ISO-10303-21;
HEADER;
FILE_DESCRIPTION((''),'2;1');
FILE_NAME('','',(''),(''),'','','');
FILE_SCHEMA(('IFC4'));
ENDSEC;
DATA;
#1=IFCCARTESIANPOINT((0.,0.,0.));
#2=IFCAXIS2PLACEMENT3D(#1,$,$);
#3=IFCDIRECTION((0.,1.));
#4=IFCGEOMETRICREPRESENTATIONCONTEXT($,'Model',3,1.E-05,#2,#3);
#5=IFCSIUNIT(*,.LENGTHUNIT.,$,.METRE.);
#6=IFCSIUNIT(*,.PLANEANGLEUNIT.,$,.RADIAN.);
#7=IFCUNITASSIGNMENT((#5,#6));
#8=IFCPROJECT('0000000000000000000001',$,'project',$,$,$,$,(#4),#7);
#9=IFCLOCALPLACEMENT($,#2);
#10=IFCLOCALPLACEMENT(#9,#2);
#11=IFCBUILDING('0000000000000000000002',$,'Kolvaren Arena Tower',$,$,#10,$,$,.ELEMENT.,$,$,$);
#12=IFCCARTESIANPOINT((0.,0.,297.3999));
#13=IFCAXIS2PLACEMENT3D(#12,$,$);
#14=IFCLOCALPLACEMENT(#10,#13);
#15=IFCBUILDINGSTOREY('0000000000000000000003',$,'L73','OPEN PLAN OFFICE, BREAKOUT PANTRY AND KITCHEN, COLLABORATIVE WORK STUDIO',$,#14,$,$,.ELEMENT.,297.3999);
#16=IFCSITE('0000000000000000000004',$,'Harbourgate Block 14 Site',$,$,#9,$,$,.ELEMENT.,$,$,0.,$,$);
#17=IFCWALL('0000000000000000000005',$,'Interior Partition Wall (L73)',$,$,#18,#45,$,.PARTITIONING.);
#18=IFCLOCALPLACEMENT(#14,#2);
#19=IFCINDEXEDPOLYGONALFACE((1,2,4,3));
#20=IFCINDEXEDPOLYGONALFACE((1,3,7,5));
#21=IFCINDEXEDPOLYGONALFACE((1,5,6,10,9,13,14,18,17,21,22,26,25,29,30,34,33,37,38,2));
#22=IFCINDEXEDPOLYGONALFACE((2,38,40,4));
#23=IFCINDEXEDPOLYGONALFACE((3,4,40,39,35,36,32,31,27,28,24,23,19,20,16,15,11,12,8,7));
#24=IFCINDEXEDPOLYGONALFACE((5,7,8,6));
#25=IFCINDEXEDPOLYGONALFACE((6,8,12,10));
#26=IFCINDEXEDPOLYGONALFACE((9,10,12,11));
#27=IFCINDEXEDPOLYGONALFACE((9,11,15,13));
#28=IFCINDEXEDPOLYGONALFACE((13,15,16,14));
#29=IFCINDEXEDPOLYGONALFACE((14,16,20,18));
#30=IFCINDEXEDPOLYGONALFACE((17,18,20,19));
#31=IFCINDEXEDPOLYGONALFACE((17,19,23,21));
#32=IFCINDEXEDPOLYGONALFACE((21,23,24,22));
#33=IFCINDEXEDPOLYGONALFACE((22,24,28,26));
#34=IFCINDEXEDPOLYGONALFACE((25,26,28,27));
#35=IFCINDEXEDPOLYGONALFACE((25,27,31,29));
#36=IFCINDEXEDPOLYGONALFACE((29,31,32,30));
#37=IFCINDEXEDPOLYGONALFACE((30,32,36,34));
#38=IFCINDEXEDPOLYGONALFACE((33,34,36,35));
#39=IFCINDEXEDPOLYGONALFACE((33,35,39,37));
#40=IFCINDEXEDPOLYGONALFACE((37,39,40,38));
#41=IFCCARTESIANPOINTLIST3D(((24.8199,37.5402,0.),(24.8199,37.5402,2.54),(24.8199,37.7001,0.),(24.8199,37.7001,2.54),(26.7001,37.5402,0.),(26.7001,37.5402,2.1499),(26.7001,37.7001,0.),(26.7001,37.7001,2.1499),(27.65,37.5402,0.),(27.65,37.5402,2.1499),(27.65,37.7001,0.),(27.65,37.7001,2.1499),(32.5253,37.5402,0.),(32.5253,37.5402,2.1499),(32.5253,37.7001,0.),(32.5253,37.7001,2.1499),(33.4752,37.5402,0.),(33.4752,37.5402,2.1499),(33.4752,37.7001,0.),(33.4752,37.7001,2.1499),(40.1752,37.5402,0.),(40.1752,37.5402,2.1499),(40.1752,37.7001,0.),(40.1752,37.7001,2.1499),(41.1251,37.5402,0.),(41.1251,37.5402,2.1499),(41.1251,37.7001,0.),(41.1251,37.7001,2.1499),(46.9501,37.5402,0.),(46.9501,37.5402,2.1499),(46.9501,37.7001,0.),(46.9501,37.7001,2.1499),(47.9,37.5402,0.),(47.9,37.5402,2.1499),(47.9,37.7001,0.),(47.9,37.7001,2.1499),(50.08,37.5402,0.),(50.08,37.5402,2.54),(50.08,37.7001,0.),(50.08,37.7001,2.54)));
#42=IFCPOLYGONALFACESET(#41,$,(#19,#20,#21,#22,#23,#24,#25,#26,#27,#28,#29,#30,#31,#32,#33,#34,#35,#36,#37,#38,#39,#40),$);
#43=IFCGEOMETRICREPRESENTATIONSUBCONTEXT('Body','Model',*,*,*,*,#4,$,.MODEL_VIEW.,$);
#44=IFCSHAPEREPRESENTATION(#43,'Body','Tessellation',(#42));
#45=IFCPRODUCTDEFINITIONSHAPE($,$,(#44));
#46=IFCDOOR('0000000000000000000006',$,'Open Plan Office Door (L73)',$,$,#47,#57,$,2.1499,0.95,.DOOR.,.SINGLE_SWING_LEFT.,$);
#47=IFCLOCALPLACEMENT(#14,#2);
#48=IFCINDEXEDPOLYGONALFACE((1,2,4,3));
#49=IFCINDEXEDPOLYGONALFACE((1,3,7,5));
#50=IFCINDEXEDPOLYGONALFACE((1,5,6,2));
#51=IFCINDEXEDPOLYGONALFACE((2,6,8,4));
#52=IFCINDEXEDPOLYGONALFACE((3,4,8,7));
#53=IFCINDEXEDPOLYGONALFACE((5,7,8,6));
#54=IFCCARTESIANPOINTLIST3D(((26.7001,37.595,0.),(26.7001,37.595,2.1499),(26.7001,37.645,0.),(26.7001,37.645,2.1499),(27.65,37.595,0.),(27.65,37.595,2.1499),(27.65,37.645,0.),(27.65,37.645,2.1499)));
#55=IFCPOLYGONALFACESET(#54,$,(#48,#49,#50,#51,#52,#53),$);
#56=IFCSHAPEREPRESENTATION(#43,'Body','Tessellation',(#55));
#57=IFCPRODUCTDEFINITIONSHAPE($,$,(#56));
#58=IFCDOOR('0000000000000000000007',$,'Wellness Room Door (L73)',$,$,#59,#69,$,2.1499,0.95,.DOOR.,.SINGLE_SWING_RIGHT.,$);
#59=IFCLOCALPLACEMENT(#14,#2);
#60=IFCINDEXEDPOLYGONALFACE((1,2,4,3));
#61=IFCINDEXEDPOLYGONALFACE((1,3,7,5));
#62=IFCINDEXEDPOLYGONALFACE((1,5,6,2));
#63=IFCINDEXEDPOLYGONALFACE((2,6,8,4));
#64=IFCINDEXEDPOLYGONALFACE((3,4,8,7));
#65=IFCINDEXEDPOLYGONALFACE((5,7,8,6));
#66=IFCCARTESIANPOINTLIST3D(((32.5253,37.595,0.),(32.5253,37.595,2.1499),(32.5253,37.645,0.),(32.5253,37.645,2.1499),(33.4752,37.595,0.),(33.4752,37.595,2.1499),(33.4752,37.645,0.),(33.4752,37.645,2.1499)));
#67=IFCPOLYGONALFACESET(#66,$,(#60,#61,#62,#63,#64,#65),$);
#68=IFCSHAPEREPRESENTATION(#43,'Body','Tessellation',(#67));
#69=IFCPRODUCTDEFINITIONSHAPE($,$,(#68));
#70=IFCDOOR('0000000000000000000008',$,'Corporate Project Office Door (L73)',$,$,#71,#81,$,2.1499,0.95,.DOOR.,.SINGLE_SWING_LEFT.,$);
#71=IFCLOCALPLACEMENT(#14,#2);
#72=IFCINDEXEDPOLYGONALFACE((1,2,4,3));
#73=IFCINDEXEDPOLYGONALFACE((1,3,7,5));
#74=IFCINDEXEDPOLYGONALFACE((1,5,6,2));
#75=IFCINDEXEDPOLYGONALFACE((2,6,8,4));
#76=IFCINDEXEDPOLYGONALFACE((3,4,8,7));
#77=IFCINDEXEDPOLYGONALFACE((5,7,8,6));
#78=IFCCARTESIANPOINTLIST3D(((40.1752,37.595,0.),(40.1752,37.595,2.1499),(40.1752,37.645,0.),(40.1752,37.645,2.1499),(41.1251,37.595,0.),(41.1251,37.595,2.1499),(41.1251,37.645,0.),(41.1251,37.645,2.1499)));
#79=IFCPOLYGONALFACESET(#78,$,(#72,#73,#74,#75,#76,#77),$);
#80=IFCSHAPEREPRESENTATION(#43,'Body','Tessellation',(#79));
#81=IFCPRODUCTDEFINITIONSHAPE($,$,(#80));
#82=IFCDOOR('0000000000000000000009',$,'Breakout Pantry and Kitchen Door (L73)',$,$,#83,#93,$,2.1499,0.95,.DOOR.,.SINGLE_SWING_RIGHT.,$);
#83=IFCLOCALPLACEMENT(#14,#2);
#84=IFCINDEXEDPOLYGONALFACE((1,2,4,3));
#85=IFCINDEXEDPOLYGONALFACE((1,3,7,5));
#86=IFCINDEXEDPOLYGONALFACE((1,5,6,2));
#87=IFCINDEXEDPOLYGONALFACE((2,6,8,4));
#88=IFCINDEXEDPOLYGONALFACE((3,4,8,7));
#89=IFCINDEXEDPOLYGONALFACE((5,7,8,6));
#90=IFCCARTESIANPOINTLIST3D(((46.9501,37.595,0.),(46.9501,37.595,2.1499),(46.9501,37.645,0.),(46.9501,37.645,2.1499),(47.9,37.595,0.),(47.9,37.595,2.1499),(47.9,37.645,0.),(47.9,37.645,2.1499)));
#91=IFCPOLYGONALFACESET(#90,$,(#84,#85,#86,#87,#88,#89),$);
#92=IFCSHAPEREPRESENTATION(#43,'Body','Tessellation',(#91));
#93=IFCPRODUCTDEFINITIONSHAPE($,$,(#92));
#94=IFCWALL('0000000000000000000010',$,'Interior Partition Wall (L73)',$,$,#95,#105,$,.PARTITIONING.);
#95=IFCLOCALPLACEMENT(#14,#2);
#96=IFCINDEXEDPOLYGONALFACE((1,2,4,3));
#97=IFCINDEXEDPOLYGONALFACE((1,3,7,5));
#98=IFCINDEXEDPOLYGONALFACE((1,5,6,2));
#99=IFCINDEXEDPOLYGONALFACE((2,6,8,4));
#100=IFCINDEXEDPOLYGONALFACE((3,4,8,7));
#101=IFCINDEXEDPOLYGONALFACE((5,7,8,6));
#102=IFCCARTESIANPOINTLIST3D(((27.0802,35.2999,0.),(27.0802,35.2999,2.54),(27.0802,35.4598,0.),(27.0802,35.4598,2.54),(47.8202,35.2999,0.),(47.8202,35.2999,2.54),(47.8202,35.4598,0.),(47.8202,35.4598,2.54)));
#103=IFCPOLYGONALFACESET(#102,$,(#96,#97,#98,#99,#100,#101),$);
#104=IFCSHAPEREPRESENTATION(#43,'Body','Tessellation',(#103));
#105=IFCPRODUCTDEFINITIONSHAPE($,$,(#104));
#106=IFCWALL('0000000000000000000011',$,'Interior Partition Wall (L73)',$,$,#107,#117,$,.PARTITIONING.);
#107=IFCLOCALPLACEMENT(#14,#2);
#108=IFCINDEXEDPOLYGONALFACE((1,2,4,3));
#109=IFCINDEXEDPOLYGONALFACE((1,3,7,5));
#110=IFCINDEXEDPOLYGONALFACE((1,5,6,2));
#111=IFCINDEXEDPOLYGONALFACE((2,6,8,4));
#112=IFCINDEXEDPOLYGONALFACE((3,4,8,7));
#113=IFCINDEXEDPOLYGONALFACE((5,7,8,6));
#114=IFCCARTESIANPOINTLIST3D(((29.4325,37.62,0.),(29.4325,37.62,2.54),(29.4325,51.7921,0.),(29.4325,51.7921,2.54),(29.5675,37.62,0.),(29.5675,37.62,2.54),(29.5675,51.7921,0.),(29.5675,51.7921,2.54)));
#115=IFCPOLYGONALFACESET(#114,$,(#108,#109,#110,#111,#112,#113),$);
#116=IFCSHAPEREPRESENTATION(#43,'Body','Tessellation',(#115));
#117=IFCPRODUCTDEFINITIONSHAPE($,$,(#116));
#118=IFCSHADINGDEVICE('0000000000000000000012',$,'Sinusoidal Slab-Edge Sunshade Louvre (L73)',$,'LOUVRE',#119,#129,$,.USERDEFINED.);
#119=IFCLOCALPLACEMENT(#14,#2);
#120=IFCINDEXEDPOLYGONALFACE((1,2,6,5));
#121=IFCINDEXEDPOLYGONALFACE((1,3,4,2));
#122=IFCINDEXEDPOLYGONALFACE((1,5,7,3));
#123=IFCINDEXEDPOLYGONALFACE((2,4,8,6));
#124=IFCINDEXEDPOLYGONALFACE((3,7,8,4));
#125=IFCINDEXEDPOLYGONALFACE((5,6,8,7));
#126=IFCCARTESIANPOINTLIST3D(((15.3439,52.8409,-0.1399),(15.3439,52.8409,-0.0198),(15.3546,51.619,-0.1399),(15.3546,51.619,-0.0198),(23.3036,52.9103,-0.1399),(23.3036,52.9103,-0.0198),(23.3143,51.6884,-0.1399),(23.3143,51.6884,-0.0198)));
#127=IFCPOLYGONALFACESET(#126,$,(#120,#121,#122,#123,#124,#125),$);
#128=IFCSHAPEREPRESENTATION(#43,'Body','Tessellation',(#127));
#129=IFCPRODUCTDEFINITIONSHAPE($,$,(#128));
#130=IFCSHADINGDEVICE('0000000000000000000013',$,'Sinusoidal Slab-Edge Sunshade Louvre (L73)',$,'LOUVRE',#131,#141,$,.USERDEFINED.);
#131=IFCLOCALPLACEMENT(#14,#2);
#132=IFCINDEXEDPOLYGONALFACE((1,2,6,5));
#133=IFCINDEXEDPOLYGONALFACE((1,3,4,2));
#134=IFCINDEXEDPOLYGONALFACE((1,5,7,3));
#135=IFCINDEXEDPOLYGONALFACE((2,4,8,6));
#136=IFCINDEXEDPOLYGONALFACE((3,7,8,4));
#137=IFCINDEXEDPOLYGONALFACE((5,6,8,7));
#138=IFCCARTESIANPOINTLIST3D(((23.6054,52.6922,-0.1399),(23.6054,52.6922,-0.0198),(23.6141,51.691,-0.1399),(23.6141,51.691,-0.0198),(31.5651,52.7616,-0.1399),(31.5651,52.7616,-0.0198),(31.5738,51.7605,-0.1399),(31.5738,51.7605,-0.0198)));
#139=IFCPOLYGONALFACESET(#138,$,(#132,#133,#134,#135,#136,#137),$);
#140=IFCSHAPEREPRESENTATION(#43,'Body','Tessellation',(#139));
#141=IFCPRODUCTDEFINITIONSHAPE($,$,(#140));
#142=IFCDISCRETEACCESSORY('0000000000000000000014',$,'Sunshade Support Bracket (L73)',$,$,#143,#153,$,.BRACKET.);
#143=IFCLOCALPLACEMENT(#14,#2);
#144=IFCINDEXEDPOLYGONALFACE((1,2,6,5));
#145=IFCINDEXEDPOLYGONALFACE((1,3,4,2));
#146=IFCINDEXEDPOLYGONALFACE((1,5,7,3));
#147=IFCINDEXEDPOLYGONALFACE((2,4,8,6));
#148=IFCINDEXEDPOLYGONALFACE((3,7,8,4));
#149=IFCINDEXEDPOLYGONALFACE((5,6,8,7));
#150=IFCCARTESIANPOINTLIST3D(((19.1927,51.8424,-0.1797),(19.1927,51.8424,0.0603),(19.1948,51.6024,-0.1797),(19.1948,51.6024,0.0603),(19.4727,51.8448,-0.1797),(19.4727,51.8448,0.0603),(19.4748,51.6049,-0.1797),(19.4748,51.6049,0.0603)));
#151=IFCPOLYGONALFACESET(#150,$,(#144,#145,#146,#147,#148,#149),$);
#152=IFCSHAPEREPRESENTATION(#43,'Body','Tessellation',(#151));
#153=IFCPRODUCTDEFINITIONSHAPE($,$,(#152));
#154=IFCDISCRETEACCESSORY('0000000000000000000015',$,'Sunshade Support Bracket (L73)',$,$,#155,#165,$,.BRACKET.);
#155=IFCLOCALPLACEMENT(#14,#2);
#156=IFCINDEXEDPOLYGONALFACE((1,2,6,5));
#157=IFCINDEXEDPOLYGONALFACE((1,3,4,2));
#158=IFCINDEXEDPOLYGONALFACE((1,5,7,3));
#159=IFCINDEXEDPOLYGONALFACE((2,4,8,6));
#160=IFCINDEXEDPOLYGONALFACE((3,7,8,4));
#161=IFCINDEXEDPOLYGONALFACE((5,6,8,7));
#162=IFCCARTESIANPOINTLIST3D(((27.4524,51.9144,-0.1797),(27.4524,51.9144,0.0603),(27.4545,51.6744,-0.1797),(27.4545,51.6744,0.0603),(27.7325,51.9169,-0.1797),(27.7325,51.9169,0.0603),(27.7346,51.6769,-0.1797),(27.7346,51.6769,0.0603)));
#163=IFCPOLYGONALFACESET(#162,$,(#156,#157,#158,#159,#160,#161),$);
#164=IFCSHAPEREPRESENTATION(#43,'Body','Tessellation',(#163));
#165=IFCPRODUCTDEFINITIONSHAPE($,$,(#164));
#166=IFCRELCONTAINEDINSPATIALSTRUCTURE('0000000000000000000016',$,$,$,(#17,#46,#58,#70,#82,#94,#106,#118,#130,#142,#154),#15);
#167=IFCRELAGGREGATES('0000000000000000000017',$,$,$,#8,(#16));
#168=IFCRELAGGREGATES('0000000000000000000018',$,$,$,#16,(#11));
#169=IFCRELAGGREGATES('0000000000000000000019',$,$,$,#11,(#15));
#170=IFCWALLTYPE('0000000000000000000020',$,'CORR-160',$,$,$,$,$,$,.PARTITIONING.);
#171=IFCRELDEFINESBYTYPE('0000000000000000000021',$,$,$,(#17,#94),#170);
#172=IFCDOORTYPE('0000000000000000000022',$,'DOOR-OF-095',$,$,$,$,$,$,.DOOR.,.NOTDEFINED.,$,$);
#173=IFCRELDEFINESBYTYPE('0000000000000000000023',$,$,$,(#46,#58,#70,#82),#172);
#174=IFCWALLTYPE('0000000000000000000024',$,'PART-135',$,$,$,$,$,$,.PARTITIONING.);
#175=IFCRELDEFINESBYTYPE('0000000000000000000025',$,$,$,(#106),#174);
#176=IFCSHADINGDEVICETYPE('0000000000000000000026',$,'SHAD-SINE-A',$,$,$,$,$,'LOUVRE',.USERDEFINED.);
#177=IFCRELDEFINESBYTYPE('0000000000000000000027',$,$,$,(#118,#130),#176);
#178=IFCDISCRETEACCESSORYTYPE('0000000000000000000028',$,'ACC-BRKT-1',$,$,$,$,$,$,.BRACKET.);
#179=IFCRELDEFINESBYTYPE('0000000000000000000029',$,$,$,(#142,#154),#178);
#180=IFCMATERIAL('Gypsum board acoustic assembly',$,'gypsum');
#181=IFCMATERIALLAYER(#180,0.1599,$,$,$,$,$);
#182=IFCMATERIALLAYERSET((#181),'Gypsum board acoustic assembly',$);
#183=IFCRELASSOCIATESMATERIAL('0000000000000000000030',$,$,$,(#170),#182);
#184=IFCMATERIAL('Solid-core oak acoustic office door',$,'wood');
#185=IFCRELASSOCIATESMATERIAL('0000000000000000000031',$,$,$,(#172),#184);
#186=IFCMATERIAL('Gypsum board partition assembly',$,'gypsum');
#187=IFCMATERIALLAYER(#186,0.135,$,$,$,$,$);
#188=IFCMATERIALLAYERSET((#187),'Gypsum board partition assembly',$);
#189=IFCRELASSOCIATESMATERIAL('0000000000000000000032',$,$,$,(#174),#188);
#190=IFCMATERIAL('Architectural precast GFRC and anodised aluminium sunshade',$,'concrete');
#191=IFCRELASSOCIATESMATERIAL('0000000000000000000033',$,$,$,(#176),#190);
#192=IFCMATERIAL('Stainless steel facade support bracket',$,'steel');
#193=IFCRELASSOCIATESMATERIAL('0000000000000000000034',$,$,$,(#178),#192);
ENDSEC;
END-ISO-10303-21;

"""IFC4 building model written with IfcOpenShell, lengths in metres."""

from ifc_helpers import new_model, si_unit, direction, frame, frame_2d, origin, origin_2d, place, context, subcontext, project, spatial, rectangle, extrude, material, layer, layer_set, type_object, element, fill, save


model = new_model("IFC4")

# Units and contexts
model_context = context("Model", 3, precision=1e-05, world=origin(), true_north=direction((0.0, 1.0)))
body_context = subcontext(model_context, "Body", "Model", "MODEL_VIEW")
ifc_project = project(units=[si_unit("LENGTHUNIT", "METRE"), si_unit("PLANEANGLEUNIT", "RADIAN")], contexts=[model_context])

# Site, building, storey
site_placement = place(None, origin())
site = spatial("IfcSite", under=ifc_project, at=site_placement, Name="Harbourgate Block 14 Site", CompositionType="ELEMENT", RefElevation=0.0)
building_placement = place(site_placement, origin())
building = spatial("IfcBuilding", under=site, at=building_placement, Name="Kolvaren Arena Tower", CompositionType="ELEMENT")
storey_placement = place(building_placement, frame((0.0, 0.0, 297.3999)))
storey = spatial("IfcBuildingStorey", under=building, at=storey_placement, Name="L73", Description="OPEN PLAN OFFICE, BREAKOUT PANTRY AND KITCHEN, COLLABORATIVE WORK STUDIO", CompositionType="ELEMENT", Elevation=297.3999)

# Wall, openings, doors
ifc_material_1 = material(Name="Gypsum board acoustic assembly", Category="gypsum")
ifc_layer_1 = layer(ifc_material_1, 0.1599)
ifc_layer_set_1 = layer_set([ifc_layer_1], Name="Gypsum board acoustic assembly")
wall_type_1 = type_object("IfcWallType", Name="CORR-160", PredefinedType="PARTITIONING", material=ifc_layer_set_1)
wall_1_placement = place(storey_placement, frame((24.8201, 37.6201, 0.0), z_axis=(0.0, 0.0, 1.0), x_axis=(1.0, 0.0, 0.0)))
wall_1 = element("IfcWall", 1, at=wall_1_placement, inside=storey, type_object=wall_type_1, Name="Interior Partition Wall (L73)", PredefinedType="PARTITIONING", context=body_context, shape_type="SweptSolid", body=[
    extrude(rectangle(XDim=25.26, YDim=0.1599, at=frame_2d((12.6299, 0.0))), origin(), (0.0, 0.0, 1.0), 2.54),
])
opening_1_placement = place(wall_1_placement, frame((1.8799, 0.0, 0.0)))
opening_1 = element("IfcOpeningElement", 2, at=opening_1_placement, cuts=wall_1, PredefinedType="OPENING", context=body_context, shape_type="SweptSolid", body=[
    extrude(rectangle(XDim=0.95, YDim=2.1499, at=frame_2d((0.4751, 1.075))), frame((0.0, 0.0898, 0.0), z_axis=(0.0, -1.0, 0.0), x_axis=(1.0, 0.0, 0.0)), (0.0, 0.0, 1.0), 0.1799),
])
opening_2_placement = place(wall_1_placement, frame((7.7051, 0.0, 0.0)))
opening_2 = element("IfcOpeningElement", 3, at=opening_2_placement, cuts=wall_1, PredefinedType="OPENING", context=body_context, shape_type="SweptSolid", body=[
    extrude(rectangle(XDim=0.95, YDim=2.1499, at=frame_2d((0.4751, 1.075))), frame((0.0, 0.0898, 0.0), z_axis=(0.0, -1.0, 0.0), x_axis=(1.0, 0.0, 0.0)), (0.0, 0.0, 1.0), 0.1799),
])
opening_3_placement = place(wall_1_placement, frame((15.355, 0.0, 0.0)))
opening_3 = element("IfcOpeningElement", 4, at=opening_3_placement, cuts=wall_1, PredefinedType="OPENING", context=body_context, shape_type="SweptSolid", body=[
    extrude(rectangle(XDim=0.95, YDim=2.1499, at=frame_2d((0.4751, 1.075))), frame((0.0, 0.0898, 0.0), z_axis=(0.0, -1.0, 0.0), x_axis=(1.0, 0.0, 0.0)), (0.0, 0.0, 1.0), 0.1799),
])
opening_4_placement = place(wall_1_placement, frame((22.1299, 0.0, 0.0)))
opening_4 = element("IfcOpeningElement", 5, at=opening_4_placement, cuts=wall_1, PredefinedType="OPENING", context=body_context, shape_type="SweptSolid", body=[
    extrude(rectangle(XDim=0.95, YDim=2.1499, at=frame_2d((0.4751, 1.075))), frame((0.0, 0.0898, 0.0), z_axis=(0.0, -1.0, 0.0), x_axis=(1.0, 0.0, 0.0)), (0.0, 0.0, 1.0), 0.1799),
])
ifc_material_2 = material(Name="Solid-core oak acoustic office door", Category="wood")
door_type = type_object("IfcDoorType", Name="DOOR-OF-095", OperationType="NOTDEFINED", PredefinedType="DOOR", material=ifc_material_2)
door_1_placement = place(opening_1_placement, origin())
door_1 = element("IfcDoor", 6, at=door_1_placement, inside=storey, type_object=door_type, Name="Open Plan Office Door (L73)", OperationType="SINGLE_SWING_LEFT", OverallHeight=2.1499, OverallWidth=0.95, PredefinedType="DOOR", context=body_context, shape_type="SweptSolid", body=[
    extrude(rectangle(XDim=0.95, YDim=2.1499, at=frame_2d((0.4751, 1.075))), frame((0.0, 0.0249, 0.0), z_axis=(0.0, -1.0, 0.0), x_axis=(1.0, 0.0, 0.0)), (0.0, 0.0, 1.0), 0.05),
])
fill(opening_1, door_1)
door_2_placement = place(opening_2_placement, origin())
door_2 = element("IfcDoor", 7, at=door_2_placement, inside=storey, type_object=door_type, Name="Wellness Room Door (L73)", OperationType="SINGLE_SWING_RIGHT", OverallHeight=2.1499, OverallWidth=0.95, PredefinedType="DOOR", context=body_context, shape_type="SweptSolid", body=[
    extrude(rectangle(XDim=0.95, YDim=2.1499, at=frame_2d((0.4751, 1.075))), frame((0.0, 0.0249, 0.0), z_axis=(0.0, -1.0, 0.0), x_axis=(1.0, 0.0, 0.0)), (0.0, 0.0, 1.0), 0.05),
])
fill(opening_2, door_2)
door_3_placement = place(opening_3_placement, origin())
door_3 = element("IfcDoor", 8, at=door_3_placement, inside=storey, type_object=door_type, Name="Corporate Project Office Door (L73)", OperationType="SINGLE_SWING_LEFT", OverallHeight=2.1499, OverallWidth=0.95, PredefinedType="DOOR", context=body_context, shape_type="SweptSolid", body=[
    extrude(rectangle(XDim=0.95, YDim=2.1499, at=frame_2d((0.4751, 1.075))), frame((0.0, 0.0249, 0.0), z_axis=(0.0, -1.0, 0.0), x_axis=(1.0, 0.0, 0.0)), (0.0, 0.0, 1.0), 0.05),
])
fill(opening_3, door_3)
door_4_placement = place(opening_4_placement, origin())
door_4 = element("IfcDoor", 9, at=door_4_placement, inside=storey, type_object=door_type, Name="Breakout Pantry and Kitchen Door (L73)", OperationType="SINGLE_SWING_RIGHT", OverallHeight=2.1499, OverallWidth=0.95, PredefinedType="DOOR", context=body_context, shape_type="SweptSolid", body=[
    extrude(rectangle(XDim=0.95, YDim=2.1499, at=frame_2d((0.4751, 1.075))), frame((0.0, 0.0249, 0.0), z_axis=(0.0, -1.0, 0.0), x_axis=(1.0, 0.0, 0.0)), (0.0, 0.0, 1.0), 0.05),
])
fill(opening_4, door_4)

# Walls
wall_2_placement = place(storey_placement, frame((27.0801, 35.3799, 0.0), z_axis=(0.0, 0.0, 1.0), x_axis=(1.0, 0.0, 0.0)))
element("IfcWall", 10, at=wall_2_placement, inside=storey, type_object=wall_type_1, Name="Interior Partition Wall (L73)", PredefinedType="PARTITIONING", context=body_context, shape_type="SweptSolid", body=[
    extrude(rectangle(XDim=20.74, YDim=0.1599, at=frame_2d((10.3701, 0.0))), origin(), (0.0, 0.0, 1.0), 2.54),
])
ifc_material_3 = material(Name="Gypsum board partition assembly", Category="gypsum")
ifc_layer_2 = layer(ifc_material_3, 0.135)
ifc_layer_set_2 = layer_set([ifc_layer_2], Name="Gypsum board partition assembly")
wall_type_2 = type_object("IfcWallType", Name="PART-135", PredefinedType="PARTITIONING", material=ifc_layer_set_2)
wall_3_placement = place(storey_placement, frame((29.5, 37.6201, 0.0), z_axis=(0.0, 0.0, 1.0), x_axis=(0.0, 1.0, 0.0)))
element("IfcWall", 11, at=wall_3_placement, inside=storey, type_object=wall_type_2, Name="Interior Partition Wall (L73)", PredefinedType="PARTITIONING", context=body_context, shape_type="SweptSolid", body=[
    extrude(rectangle(XDim=14.1721, YDim=0.135, at=frame_2d((7.0859, 0.0))), origin(), (0.0, 0.0, 1.0), 2.54),
])

# Shading devices
ifc_material_4 = material(Name="Architectural precast GFRC and anodised aluminium sunshade", Category="concrete")
shading_device_type = type_object("IfcShadingDeviceType", Name="SHAD-SINE-A", ElementType="LOUVRE", PredefinedType="USERDEFINED", material=ifc_material_4)
shading_device_1_placement = place(storey_placement, frame((19.3291, 52.2646, -0.1399), z_axis=(0.0, 0.0, 1.0), x_axis=(0.999962, 0.008727, 0.0)))
element("IfcShadingDevice", 12, at=shading_device_1_placement, inside=storey, type_object=shading_device_type, Name="Sinusoidal Slab-Edge Sunshade Louvre (L73)", ObjectType="LOUVRE", PredefinedType="USERDEFINED", context=body_context, shape_type="SweptSolid", body=[
    extrude(rectangle(XDim=7.96, YDim=1.2219, at=origin_2d()), origin(), (0.0, 0.0, 1.0), 0.1201),
])
shading_device_2_placement = place(storey_placement, frame((27.5896, 52.2263, -0.1399), z_axis=(0.0, 0.0, 1.0), x_axis=(0.999962, 0.008727, 0.0)))
element("IfcShadingDevice", 13, at=shading_device_2_placement, inside=storey, type_object=shading_device_type, Name="Sinusoidal Slab-Edge Sunshade Louvre (L73)", ObjectType="LOUVRE", PredefinedType="USERDEFINED", context=body_context, shape_type="SweptSolid", body=[
    extrude(rectangle(XDim=7.96, YDim=1.0012, at=origin_2d()), origin(), (0.0, 0.0, 1.0), 0.1201),
])

# Discrete accessories
ifc_material_5 = material(Name="Stainless steel facade support bracket", Category="steel")
discrete_accessory_type = type_object("IfcDiscreteAccessoryType", Name="ACC-BRKT-1", PredefinedType="BRACKET", material=ifc_material_5)
for number, where, z_axis, x_axis, name in (
    (14, (19.3337, 51.7236, -0.1797), (0.0, 0.0, 1.0), (0.999962, 0.008727, 0.0), "Sunshade Support Bracket (L73)"),
    (15, (27.5935, 51.7957, -0.1797), (0.0, 0.0, 1.0), (0.999962, 0.008727, 0.0), "Sunshade Support Bracket (L73)"),
):
    element("IfcDiscreteAccessory", number, at=place(storey_placement, frame(where, z_axis=z_axis, x_axis=x_axis)), inside=storey, type_object=discrete_accessory_type, Name=name, PredefinedType="BRACKET", context=body_context, shape_type="SweptSolid", body=[
        extrude(rectangle(XDim=0.28, YDim=0.24, at=origin_2d()), origin(), (0.0, 0.0, 1.0), 0.24),
    ])

save(model, "model.ifc")
